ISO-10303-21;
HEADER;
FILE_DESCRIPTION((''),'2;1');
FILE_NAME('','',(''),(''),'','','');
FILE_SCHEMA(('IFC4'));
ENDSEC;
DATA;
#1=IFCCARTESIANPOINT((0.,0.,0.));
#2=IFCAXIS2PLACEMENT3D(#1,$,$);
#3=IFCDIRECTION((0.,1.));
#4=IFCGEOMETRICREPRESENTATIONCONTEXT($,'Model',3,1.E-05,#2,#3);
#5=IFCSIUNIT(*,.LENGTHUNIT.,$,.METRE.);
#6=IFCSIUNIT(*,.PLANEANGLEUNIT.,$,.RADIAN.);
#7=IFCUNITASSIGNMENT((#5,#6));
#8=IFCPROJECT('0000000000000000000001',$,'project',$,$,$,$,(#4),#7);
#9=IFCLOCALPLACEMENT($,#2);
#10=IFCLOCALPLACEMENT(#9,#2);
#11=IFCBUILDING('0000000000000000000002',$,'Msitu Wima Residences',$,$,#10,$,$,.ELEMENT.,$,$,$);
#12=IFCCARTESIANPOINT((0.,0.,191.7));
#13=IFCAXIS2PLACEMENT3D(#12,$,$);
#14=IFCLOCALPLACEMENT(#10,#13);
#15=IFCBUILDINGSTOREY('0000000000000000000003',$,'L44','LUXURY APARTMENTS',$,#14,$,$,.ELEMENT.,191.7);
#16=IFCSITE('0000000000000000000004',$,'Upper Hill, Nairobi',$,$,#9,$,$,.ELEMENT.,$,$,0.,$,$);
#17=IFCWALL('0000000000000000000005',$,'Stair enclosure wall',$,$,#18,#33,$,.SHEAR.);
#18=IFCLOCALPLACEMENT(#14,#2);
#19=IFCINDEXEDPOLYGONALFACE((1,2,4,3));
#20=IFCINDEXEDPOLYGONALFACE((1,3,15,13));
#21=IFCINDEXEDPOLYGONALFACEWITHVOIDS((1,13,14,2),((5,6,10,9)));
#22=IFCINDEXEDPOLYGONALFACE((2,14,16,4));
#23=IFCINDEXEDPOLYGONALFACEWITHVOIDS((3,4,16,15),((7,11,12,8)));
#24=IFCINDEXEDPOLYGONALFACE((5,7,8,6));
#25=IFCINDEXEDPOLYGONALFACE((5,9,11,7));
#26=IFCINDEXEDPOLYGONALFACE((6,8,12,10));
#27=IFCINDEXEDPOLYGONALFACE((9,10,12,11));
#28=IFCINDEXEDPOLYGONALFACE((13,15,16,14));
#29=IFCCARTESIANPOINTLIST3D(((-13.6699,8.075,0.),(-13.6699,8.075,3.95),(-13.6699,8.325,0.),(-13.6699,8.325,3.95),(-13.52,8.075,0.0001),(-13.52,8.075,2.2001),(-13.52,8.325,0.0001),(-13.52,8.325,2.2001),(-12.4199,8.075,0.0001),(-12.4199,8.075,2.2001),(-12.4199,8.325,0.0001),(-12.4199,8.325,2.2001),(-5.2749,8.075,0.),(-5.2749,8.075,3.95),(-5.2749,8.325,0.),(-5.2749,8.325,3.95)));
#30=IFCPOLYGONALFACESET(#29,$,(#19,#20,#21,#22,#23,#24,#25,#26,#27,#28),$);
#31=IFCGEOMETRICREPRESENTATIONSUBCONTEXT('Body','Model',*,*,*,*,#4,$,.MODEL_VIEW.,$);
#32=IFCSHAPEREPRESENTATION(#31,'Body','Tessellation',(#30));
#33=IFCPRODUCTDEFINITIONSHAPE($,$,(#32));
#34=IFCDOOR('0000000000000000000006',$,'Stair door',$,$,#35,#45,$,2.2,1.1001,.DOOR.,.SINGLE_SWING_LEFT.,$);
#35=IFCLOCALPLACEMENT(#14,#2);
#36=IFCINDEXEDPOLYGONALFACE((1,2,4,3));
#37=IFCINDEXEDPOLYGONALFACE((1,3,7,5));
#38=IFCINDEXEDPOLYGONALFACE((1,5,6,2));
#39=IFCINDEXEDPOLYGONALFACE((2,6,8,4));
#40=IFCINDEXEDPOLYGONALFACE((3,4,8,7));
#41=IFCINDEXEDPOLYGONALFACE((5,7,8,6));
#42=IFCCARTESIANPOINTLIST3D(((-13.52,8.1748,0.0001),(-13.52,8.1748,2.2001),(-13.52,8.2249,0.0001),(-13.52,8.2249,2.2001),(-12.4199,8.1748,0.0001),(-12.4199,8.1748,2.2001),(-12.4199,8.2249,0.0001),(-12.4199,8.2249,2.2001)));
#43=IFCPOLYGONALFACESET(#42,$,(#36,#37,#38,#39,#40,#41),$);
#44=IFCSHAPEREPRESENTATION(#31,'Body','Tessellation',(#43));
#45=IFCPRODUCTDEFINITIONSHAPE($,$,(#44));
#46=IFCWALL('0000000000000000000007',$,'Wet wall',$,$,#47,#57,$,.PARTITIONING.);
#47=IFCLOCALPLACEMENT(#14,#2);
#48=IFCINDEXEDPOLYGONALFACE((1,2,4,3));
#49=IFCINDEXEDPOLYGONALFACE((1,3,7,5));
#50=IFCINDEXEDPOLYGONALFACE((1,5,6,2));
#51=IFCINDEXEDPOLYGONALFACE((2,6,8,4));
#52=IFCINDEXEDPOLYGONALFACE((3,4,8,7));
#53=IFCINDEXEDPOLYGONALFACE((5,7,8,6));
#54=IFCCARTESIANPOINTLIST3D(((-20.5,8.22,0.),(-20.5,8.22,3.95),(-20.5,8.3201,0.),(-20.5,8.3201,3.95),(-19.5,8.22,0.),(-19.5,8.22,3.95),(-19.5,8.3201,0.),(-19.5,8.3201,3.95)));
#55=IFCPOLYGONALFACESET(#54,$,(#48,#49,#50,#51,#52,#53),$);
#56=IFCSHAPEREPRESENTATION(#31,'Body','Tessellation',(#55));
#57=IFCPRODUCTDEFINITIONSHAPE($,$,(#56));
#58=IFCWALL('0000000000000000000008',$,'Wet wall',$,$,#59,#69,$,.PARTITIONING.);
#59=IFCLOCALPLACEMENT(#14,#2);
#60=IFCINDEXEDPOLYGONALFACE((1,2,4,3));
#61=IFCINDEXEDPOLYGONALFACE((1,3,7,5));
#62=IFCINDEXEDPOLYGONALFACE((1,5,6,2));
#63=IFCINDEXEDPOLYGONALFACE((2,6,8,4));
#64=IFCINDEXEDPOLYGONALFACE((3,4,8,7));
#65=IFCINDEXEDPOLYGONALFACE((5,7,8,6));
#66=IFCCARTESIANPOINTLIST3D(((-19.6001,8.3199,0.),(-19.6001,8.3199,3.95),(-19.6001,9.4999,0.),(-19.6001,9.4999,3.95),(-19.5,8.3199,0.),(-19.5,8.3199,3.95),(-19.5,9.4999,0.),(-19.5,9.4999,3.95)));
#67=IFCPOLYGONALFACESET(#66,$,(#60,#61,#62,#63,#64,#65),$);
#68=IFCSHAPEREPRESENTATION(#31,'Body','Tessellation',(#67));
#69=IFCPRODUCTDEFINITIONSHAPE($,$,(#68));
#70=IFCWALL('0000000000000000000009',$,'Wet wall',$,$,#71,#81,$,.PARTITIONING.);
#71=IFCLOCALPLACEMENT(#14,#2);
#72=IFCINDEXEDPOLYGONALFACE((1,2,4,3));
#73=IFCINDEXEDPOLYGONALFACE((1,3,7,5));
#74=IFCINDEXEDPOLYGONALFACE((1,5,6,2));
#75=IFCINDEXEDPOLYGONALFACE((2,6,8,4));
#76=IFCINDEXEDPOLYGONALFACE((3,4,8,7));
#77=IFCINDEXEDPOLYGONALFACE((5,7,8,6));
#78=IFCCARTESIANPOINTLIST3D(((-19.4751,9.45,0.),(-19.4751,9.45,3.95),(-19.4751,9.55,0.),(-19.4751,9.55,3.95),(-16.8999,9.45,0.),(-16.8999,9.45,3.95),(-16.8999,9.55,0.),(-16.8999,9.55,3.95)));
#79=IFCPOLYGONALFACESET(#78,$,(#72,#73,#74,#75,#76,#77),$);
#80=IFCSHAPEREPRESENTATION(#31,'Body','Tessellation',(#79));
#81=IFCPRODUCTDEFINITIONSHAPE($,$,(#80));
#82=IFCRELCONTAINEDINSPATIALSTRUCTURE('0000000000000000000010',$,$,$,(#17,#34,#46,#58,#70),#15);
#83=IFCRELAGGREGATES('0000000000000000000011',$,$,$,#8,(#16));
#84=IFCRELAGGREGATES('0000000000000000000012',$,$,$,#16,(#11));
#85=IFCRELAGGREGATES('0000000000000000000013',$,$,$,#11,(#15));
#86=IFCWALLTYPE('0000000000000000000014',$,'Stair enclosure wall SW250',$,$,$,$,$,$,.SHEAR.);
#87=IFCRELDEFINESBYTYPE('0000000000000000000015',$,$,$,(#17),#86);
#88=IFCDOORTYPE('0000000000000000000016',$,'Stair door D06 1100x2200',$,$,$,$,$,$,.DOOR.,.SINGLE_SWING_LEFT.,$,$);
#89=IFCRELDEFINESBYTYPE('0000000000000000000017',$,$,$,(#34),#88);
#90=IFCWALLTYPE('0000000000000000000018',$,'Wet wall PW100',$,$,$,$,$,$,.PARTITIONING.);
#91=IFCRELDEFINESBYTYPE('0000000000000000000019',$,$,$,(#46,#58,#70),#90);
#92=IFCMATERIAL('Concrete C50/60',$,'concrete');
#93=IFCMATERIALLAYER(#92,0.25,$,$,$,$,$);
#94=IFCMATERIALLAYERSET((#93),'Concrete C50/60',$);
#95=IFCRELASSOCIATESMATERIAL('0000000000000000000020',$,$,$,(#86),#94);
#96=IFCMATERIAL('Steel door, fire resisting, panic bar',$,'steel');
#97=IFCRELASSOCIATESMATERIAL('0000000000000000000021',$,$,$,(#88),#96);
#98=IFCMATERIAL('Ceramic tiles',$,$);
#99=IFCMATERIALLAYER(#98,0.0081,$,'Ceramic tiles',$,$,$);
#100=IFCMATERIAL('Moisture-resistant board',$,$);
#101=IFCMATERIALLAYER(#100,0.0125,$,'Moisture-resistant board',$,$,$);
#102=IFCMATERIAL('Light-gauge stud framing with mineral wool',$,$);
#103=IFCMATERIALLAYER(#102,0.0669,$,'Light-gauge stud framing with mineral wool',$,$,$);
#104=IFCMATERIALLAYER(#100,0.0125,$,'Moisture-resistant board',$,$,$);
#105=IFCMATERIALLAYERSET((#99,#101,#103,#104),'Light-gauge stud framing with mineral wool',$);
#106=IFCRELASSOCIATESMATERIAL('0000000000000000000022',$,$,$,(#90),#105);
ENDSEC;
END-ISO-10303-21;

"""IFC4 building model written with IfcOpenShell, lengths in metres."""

from ifc_helpers import new_model, si_unit, direction, frame, frame_2d, origin, place, context, subcontext, project, spatial, rectangle, extrude, material, layer, layer_set, type_object, element, fill, save


model = new_model("IFC4")

# Units and contexts
model_context = context("Model", 3, precision=1e-05, world=origin(), true_north=direction((0.0, 1.0)))
body_context = subcontext(model_context, "Body", "Model", "MODEL_VIEW")
ifc_project = project(units=[si_unit("LENGTHUNIT", "METRE"), si_unit("PLANEANGLEUNIT", "RADIAN")], contexts=[model_context])

# Site, building, storey
site_placement = place(None, origin())
site = spatial("IfcSite", under=ifc_project, at=site_placement, Name="Upper Hill, Nairobi", CompositionType="ELEMENT", RefElevation=0.0)
building_placement = place(site_placement, origin())
building = spatial("IfcBuilding", under=site, at=building_placement, Name="Msitu Wima Residences", CompositionType="ELEMENT")
storey_placement = place(building_placement, frame((0.0, 0.0, 191.7)))
storey = spatial("IfcBuildingStorey", under=building, at=storey_placement, Name="L44", Description="LUXURY APARTMENTS", CompositionType="ELEMENT", Elevation=191.7)

# Shared definitions
ifc_material_1 = material(Name="Concrete C50/60", Category="concrete")

# Wall, opening, door
ifc_layer_1 = layer(ifc_material_1, 0.25)
ifc_layer_set_1 = layer_set([ifc_layer_1], Name="Concrete C50/60")
wall_type_1 = type_object("IfcWallType", Name="Stair enclosure wall SW250", PredefinedType="SHEAR", material=ifc_layer_set_1)
wall_1_placement = place(storey_placement, frame((-13.6699, 8.2, 0.0), z_axis=(0.0, 0.0, 1.0), x_axis=(1.0, 0.0, 0.0)))
wall_1 = element("IfcWall", 1, at=wall_1_placement, inside=storey, type_object=wall_type_1, Name="Stair enclosure wall", PredefinedType="SHEAR", context=body_context, shape_type="SweptSolid", body=[
    extrude(rectangle(XDim=8.395, YDim=0.25, at=frame_2d((4.1975, 0.0))), origin(), (0.0, 0.0, 1.0), 3.95),
])
opening_1_placement = place(wall_1_placement, frame((0.1499, 0.0, 0.0)))
opening_1 = element("IfcOpeningElement", 2, at=opening_1_placement, cuts=wall_1, PredefinedType="OPENING", context=body_context, shape_type="SweptSolid", body=[
    extrude(rectangle(XDim=1.1001, YDim=2.2, at=frame_2d((0.55, 1.1001))), frame((0.0, 0.135, 0.0), z_axis=(0.0, -1.0, 0.0), x_axis=(1.0, 0.0, 0.0)), (0.0, 0.0, 1.0), 0.27),
])
ifc_material_2 = material(Name="Steel door, fire resisting, panic bar", Category="steel")
door_type_1 = type_object("IfcDoorType", Name="Stair door D06 1100x2200", OperationType="SINGLE_SWING_LEFT", PredefinedType="DOOR", material=ifc_material_2)
door_1_placement = place(opening_1_placement, origin())
door_1 = element("IfcDoor", 3, at=door_1_placement, inside=storey, type_object=door_type_1, Name="Stair door", OperationType="SINGLE_SWING_LEFT", OverallHeight=2.2, OverallWidth=1.1001, PredefinedType="DOOR", context=body_context, shape_type="SweptSolid", body=[
    extrude(rectangle(XDim=1.1001, YDim=2.2, at=frame_2d((0.55, 1.1001))), frame((0.0, 0.0249, 0.0), z_axis=(0.0, -1.0, 0.0), x_axis=(1.0, 0.0, 0.0)), (0.0, 0.0, 1.0), 0.05),
])
fill(opening_1, door_1)

# Walls
ifc_material_3 = material(Name="Ceramic tiles")
ifc_layer_2 = layer(ifc_material_3, 0.0081, Name="Ceramic tiles")
ifc_material_4 = material(Name="Moisture-resistant board")
ifc_layer_3 = layer(ifc_material_4, 0.0125, Name="Moisture-resistant board")
ifc_material_5 = material(Name="Light-gauge stud framing with mineral wool")
ifc_layer_4 = layer(ifc_material_5, 0.0669, Name="Light-gauge stud framing with mineral wool")
ifc_layer_5 = layer(ifc_material_4, 0.0125, Name="Moisture-resistant board")
ifc_layer_set_2 = layer_set([ifc_layer_2, ifc_layer_3, ifc_layer_4, ifc_layer_5], Name="Light-gauge stud framing with mineral wool")
wall_type_2 = type_object("IfcWallType", Name="Wet wall PW100", PredefinedType="PARTITIONING", material=ifc_layer_set_2)
wall_2_placement = place(storey_placement, frame((-20.5, 8.27, 0.0), z_axis=(0.0, 0.0, 1.0), x_axis=(1.0, 0.0, 0.0)))
element("IfcWall", 4, at=wall_2_placement, inside=storey, type_object=wall_type_2, Name="Wet wall", PredefinedType="PARTITIONING", context=body_context, shape_type="SweptSolid", body=[
    extrude(rectangle(XDim=1.0, YDim=0.1001, at=frame_2d((0.5, 0.0))), origin(), (0.0, 0.0, 1.0), 3.95),
])
wall_3_placement = place(storey_placement, frame((-19.55, 8.3201, 0.0), z_axis=(0.0, 0.0, 1.0), x_axis=(0.0, 1.0, 0.0)))
element("IfcWall", 5, at=wall_3_placement, inside=storey, type_object=wall_type_2, Name="Wet wall", PredefinedType="PARTITIONING", context=body_context, shape_type="SweptSolid", body=[
    extrude(rectangle(XDim=1.1799, YDim=0.1001, at=frame_2d((0.5898, 0.0))), origin(), (0.0, 0.0, 1.0), 3.95),
])
wall_4_placement = place(storey_placement, frame((-19.4751, 9.5, 0.0), z_axis=(0.0, 0.0, 1.0), x_axis=(1.0, 0.0, 0.0)))
element("IfcWall", 6, at=wall_4_placement, inside=storey, type_object=wall_type_2, Name="Wet wall", PredefinedType="PARTITIONING", context=body_context, shape_type="SweptSolid", body=[
    extrude(rectangle(XDim=2.5752, YDim=0.1001, at=frame_2d((1.2876, 0.0))), origin(), (0.0, 0.0, 1.0), 3.95),
])

save(model, "model.ifc")
